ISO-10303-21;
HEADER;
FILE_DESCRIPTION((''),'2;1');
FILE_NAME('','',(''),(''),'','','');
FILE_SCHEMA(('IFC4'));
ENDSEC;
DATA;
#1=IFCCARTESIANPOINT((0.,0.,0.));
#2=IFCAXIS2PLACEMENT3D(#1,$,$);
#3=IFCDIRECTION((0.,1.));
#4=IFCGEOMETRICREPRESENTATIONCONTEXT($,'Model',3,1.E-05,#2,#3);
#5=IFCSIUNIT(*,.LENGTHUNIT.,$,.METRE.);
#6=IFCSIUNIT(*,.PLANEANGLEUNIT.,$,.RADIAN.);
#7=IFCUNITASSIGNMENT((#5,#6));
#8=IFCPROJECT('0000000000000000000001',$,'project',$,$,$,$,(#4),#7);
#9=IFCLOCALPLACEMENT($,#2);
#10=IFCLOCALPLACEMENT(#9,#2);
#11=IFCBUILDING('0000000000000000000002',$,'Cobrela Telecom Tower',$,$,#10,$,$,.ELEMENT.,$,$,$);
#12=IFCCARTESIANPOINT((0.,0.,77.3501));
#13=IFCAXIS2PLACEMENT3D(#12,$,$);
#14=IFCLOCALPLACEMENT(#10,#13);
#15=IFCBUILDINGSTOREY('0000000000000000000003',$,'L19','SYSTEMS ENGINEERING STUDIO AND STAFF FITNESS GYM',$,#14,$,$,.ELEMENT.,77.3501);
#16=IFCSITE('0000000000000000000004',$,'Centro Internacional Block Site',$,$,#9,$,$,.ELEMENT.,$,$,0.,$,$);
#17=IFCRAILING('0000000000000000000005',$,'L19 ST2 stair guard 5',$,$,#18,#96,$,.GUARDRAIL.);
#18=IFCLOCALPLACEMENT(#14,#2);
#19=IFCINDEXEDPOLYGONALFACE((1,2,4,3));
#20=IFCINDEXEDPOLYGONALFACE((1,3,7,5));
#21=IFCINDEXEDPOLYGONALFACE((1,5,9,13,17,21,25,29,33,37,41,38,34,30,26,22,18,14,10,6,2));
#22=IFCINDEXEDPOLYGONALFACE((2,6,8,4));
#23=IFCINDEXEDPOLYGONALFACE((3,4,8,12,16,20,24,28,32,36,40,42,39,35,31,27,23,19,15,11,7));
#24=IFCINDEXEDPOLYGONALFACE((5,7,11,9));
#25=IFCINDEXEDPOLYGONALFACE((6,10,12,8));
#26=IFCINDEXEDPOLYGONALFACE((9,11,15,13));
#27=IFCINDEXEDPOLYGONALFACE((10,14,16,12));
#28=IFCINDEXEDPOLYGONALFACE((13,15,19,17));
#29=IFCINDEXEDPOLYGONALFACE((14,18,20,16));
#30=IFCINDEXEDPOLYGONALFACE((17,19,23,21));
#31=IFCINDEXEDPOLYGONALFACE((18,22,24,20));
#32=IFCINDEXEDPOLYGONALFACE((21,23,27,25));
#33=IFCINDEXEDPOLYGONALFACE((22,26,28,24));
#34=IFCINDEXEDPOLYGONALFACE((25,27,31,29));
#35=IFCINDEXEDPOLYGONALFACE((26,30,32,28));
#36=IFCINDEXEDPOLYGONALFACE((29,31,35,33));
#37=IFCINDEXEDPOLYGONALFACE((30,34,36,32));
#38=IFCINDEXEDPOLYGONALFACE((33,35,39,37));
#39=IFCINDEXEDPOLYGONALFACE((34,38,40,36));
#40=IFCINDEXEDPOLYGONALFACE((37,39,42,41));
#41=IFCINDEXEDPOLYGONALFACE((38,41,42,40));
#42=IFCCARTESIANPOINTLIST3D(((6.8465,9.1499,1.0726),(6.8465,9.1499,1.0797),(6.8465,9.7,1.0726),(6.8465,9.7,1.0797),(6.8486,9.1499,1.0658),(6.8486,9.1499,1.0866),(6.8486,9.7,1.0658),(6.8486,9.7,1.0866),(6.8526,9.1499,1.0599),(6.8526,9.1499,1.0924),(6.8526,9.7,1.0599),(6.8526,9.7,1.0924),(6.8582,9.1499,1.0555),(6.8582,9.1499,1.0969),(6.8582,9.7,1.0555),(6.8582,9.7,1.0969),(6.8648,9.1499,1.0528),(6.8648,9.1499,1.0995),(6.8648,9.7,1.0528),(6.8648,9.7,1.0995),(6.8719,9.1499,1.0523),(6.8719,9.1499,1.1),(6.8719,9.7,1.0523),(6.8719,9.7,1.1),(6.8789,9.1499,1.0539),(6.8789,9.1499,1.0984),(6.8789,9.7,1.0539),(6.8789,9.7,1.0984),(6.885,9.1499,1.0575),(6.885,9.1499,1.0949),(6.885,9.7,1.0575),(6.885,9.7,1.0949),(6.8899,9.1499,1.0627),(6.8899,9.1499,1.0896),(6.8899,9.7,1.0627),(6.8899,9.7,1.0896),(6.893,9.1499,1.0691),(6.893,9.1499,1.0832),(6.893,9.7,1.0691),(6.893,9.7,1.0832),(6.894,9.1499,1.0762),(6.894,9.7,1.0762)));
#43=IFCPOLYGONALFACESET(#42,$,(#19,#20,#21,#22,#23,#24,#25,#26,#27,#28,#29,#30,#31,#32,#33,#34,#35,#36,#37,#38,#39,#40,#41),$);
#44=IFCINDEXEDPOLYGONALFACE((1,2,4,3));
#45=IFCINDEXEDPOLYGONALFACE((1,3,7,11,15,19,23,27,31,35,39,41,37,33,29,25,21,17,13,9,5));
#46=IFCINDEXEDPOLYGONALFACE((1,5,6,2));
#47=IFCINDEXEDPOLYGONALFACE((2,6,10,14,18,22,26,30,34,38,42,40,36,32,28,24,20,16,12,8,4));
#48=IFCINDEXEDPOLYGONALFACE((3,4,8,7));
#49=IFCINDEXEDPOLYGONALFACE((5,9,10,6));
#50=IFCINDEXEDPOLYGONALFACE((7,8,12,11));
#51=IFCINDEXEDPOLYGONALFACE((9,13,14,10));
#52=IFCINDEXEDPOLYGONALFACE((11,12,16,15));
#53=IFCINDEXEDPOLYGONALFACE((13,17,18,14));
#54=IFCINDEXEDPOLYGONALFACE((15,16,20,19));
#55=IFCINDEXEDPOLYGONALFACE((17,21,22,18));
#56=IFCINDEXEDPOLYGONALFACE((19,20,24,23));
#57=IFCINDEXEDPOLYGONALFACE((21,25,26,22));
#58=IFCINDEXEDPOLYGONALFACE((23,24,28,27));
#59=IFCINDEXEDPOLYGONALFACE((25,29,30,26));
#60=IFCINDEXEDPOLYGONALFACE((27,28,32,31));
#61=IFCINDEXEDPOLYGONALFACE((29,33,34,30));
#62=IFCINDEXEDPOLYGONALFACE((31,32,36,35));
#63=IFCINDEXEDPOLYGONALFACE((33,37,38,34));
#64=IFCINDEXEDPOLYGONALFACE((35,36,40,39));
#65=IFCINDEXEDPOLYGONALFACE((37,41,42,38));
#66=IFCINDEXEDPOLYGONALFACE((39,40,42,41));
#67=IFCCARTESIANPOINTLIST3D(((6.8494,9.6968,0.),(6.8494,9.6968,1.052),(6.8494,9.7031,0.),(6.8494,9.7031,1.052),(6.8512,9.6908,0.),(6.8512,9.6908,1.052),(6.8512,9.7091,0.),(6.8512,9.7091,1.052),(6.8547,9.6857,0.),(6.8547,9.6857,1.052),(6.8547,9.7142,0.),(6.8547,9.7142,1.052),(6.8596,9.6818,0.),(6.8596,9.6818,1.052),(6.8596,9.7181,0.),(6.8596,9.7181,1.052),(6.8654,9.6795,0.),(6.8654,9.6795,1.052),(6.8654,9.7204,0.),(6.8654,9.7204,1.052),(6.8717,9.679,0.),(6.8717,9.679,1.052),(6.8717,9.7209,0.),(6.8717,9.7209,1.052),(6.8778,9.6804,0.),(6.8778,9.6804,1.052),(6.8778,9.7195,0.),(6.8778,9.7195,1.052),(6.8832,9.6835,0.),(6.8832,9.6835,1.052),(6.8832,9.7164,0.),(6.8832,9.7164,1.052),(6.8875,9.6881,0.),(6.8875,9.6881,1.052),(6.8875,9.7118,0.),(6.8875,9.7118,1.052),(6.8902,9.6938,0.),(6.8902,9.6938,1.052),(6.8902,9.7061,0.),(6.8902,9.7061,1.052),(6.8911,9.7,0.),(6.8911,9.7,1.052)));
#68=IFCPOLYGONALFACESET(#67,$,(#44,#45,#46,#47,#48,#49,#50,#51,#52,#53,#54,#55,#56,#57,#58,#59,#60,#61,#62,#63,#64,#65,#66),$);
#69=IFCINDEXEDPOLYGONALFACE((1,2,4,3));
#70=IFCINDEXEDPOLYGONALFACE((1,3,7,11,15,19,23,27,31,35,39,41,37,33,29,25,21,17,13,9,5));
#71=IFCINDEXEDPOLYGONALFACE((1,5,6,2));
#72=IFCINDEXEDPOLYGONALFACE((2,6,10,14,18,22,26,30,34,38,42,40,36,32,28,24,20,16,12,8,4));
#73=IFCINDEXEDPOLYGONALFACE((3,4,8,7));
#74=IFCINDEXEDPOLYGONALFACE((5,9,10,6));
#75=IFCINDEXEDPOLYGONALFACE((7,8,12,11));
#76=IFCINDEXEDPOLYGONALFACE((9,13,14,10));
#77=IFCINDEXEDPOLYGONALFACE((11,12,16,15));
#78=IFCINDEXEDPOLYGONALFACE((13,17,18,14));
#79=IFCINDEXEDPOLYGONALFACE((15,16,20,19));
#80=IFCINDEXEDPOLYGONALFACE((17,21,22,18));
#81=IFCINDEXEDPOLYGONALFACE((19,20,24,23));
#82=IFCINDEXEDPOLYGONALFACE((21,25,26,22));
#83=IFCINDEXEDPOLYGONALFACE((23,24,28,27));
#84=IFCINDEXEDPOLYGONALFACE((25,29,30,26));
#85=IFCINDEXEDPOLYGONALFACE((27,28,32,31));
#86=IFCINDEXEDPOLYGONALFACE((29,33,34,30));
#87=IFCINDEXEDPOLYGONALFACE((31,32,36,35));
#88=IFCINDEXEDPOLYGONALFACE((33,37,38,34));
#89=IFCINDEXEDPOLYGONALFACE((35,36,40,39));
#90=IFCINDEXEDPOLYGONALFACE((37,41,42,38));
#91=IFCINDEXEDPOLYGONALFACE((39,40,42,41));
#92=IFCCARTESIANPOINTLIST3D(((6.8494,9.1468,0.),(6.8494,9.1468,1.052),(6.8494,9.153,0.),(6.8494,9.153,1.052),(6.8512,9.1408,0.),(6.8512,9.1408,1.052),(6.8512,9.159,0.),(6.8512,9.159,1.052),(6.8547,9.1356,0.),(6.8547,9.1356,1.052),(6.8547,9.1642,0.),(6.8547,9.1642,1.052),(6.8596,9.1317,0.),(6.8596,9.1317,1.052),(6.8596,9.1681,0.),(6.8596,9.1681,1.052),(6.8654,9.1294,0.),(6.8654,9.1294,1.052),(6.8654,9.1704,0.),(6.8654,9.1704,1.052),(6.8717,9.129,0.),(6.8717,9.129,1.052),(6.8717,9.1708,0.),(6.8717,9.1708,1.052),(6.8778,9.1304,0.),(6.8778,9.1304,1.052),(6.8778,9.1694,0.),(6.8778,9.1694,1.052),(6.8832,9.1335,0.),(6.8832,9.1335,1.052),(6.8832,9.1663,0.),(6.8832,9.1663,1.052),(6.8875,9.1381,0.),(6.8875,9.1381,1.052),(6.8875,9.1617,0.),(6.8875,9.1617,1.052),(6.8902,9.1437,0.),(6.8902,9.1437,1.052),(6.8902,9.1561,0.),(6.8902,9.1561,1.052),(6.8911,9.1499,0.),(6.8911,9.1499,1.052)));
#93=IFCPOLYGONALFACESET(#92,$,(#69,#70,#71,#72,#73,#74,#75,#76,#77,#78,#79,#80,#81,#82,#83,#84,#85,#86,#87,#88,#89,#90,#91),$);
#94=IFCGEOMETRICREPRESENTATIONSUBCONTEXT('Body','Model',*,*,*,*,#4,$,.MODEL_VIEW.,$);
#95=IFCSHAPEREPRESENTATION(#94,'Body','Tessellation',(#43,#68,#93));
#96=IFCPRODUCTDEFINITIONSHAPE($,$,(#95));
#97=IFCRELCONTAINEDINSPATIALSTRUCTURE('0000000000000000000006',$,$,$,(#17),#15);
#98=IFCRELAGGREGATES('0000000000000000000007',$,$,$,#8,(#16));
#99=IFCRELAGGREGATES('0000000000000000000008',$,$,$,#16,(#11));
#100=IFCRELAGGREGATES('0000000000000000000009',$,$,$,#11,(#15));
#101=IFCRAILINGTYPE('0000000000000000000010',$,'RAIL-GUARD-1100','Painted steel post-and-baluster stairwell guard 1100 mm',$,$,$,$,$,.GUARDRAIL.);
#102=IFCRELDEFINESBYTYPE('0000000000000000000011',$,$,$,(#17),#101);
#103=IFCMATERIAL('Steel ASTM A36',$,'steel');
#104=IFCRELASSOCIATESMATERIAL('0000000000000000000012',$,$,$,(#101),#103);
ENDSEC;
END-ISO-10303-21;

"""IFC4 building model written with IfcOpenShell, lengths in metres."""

from ifc_helpers import new_model, si_unit, direction, frame, origin, origin_2d, place, context, subcontext, project, spatial, circle, extrude, material, type_object, element, save


model = new_model("IFC4")

# Units and contexts
model_context = context("Model", 3, precision=1e-05, world=origin(), true_north=direction((0.0, 1.0)))
body_context = subcontext(model_context, "Body", "Model", "MODEL_VIEW")
ifc_project = project(units=[si_unit("LENGTHUNIT", "METRE"), si_unit("PLANEANGLEUNIT", "RADIAN")], contexts=[model_context])

# Site, building, storey
site_placement = place(None, origin())
site = spatial("IfcSite", under=ifc_project, at=site_placement, Name="Centro Internacional Block Site", CompositionType="ELEMENT", RefElevation=0.0)
building_placement = place(site_placement, origin())
building = spatial("IfcBuilding", under=site, at=building_placement, Name="Cobrela Telecom Tower", CompositionType="ELEMENT")
storey_placement = place(building_placement, frame((0.0, 0.0, 77.3501)))
storey = spatial("IfcBuildingStorey", under=building, at=storey_placement, Name="L19", Description="SYSTEMS ENGINEERING STUDIO AND STAFF FITNESS GYM", CompositionType="ELEMENT", Elevation=77.3501)

# Railing
ifc_material_1 = material(Name="Steel ASTM A36", Category="steel")
railing_type_1 = type_object("IfcRailingType", Name="RAIL-GUARD-1100", Description="Painted steel post-and-baluster stairwell guard 1100 mm", PredefinedType="GUARDRAIL", material=ifc_material_1)
railing_1_placement = place(storey_placement, frame((6.8701, 9.7, 0.0)))
element("IfcRailing", 1, at=railing_1_placement, inside=storey, type_object=railing_type_1, Name="L19 ST2 stair guard 5", PredefinedType="GUARDRAIL", context=body_context, shape_type="SweptSolid", body=[
    extrude(circle(Radius=0.0239, at=origin_2d()), frame((0.0, 0.0, 1.0762), z_axis=(0.0, -1.0, 0.0), x_axis=(1.0, 0.0, 0.0)), (0.0, 0.0, 1.0), 0.55),
    extrude(circle(Radius=0.021, at=origin_2d()), origin(), (0.0, 0.0, 1.0), 1.052),
    extrude(circle(Radius=0.021, at=origin_2d()), frame((0.0, -0.55, 0.0)), (0.0, 0.0, 1.0), 1.052),
])

save(model, "model.ifc")
